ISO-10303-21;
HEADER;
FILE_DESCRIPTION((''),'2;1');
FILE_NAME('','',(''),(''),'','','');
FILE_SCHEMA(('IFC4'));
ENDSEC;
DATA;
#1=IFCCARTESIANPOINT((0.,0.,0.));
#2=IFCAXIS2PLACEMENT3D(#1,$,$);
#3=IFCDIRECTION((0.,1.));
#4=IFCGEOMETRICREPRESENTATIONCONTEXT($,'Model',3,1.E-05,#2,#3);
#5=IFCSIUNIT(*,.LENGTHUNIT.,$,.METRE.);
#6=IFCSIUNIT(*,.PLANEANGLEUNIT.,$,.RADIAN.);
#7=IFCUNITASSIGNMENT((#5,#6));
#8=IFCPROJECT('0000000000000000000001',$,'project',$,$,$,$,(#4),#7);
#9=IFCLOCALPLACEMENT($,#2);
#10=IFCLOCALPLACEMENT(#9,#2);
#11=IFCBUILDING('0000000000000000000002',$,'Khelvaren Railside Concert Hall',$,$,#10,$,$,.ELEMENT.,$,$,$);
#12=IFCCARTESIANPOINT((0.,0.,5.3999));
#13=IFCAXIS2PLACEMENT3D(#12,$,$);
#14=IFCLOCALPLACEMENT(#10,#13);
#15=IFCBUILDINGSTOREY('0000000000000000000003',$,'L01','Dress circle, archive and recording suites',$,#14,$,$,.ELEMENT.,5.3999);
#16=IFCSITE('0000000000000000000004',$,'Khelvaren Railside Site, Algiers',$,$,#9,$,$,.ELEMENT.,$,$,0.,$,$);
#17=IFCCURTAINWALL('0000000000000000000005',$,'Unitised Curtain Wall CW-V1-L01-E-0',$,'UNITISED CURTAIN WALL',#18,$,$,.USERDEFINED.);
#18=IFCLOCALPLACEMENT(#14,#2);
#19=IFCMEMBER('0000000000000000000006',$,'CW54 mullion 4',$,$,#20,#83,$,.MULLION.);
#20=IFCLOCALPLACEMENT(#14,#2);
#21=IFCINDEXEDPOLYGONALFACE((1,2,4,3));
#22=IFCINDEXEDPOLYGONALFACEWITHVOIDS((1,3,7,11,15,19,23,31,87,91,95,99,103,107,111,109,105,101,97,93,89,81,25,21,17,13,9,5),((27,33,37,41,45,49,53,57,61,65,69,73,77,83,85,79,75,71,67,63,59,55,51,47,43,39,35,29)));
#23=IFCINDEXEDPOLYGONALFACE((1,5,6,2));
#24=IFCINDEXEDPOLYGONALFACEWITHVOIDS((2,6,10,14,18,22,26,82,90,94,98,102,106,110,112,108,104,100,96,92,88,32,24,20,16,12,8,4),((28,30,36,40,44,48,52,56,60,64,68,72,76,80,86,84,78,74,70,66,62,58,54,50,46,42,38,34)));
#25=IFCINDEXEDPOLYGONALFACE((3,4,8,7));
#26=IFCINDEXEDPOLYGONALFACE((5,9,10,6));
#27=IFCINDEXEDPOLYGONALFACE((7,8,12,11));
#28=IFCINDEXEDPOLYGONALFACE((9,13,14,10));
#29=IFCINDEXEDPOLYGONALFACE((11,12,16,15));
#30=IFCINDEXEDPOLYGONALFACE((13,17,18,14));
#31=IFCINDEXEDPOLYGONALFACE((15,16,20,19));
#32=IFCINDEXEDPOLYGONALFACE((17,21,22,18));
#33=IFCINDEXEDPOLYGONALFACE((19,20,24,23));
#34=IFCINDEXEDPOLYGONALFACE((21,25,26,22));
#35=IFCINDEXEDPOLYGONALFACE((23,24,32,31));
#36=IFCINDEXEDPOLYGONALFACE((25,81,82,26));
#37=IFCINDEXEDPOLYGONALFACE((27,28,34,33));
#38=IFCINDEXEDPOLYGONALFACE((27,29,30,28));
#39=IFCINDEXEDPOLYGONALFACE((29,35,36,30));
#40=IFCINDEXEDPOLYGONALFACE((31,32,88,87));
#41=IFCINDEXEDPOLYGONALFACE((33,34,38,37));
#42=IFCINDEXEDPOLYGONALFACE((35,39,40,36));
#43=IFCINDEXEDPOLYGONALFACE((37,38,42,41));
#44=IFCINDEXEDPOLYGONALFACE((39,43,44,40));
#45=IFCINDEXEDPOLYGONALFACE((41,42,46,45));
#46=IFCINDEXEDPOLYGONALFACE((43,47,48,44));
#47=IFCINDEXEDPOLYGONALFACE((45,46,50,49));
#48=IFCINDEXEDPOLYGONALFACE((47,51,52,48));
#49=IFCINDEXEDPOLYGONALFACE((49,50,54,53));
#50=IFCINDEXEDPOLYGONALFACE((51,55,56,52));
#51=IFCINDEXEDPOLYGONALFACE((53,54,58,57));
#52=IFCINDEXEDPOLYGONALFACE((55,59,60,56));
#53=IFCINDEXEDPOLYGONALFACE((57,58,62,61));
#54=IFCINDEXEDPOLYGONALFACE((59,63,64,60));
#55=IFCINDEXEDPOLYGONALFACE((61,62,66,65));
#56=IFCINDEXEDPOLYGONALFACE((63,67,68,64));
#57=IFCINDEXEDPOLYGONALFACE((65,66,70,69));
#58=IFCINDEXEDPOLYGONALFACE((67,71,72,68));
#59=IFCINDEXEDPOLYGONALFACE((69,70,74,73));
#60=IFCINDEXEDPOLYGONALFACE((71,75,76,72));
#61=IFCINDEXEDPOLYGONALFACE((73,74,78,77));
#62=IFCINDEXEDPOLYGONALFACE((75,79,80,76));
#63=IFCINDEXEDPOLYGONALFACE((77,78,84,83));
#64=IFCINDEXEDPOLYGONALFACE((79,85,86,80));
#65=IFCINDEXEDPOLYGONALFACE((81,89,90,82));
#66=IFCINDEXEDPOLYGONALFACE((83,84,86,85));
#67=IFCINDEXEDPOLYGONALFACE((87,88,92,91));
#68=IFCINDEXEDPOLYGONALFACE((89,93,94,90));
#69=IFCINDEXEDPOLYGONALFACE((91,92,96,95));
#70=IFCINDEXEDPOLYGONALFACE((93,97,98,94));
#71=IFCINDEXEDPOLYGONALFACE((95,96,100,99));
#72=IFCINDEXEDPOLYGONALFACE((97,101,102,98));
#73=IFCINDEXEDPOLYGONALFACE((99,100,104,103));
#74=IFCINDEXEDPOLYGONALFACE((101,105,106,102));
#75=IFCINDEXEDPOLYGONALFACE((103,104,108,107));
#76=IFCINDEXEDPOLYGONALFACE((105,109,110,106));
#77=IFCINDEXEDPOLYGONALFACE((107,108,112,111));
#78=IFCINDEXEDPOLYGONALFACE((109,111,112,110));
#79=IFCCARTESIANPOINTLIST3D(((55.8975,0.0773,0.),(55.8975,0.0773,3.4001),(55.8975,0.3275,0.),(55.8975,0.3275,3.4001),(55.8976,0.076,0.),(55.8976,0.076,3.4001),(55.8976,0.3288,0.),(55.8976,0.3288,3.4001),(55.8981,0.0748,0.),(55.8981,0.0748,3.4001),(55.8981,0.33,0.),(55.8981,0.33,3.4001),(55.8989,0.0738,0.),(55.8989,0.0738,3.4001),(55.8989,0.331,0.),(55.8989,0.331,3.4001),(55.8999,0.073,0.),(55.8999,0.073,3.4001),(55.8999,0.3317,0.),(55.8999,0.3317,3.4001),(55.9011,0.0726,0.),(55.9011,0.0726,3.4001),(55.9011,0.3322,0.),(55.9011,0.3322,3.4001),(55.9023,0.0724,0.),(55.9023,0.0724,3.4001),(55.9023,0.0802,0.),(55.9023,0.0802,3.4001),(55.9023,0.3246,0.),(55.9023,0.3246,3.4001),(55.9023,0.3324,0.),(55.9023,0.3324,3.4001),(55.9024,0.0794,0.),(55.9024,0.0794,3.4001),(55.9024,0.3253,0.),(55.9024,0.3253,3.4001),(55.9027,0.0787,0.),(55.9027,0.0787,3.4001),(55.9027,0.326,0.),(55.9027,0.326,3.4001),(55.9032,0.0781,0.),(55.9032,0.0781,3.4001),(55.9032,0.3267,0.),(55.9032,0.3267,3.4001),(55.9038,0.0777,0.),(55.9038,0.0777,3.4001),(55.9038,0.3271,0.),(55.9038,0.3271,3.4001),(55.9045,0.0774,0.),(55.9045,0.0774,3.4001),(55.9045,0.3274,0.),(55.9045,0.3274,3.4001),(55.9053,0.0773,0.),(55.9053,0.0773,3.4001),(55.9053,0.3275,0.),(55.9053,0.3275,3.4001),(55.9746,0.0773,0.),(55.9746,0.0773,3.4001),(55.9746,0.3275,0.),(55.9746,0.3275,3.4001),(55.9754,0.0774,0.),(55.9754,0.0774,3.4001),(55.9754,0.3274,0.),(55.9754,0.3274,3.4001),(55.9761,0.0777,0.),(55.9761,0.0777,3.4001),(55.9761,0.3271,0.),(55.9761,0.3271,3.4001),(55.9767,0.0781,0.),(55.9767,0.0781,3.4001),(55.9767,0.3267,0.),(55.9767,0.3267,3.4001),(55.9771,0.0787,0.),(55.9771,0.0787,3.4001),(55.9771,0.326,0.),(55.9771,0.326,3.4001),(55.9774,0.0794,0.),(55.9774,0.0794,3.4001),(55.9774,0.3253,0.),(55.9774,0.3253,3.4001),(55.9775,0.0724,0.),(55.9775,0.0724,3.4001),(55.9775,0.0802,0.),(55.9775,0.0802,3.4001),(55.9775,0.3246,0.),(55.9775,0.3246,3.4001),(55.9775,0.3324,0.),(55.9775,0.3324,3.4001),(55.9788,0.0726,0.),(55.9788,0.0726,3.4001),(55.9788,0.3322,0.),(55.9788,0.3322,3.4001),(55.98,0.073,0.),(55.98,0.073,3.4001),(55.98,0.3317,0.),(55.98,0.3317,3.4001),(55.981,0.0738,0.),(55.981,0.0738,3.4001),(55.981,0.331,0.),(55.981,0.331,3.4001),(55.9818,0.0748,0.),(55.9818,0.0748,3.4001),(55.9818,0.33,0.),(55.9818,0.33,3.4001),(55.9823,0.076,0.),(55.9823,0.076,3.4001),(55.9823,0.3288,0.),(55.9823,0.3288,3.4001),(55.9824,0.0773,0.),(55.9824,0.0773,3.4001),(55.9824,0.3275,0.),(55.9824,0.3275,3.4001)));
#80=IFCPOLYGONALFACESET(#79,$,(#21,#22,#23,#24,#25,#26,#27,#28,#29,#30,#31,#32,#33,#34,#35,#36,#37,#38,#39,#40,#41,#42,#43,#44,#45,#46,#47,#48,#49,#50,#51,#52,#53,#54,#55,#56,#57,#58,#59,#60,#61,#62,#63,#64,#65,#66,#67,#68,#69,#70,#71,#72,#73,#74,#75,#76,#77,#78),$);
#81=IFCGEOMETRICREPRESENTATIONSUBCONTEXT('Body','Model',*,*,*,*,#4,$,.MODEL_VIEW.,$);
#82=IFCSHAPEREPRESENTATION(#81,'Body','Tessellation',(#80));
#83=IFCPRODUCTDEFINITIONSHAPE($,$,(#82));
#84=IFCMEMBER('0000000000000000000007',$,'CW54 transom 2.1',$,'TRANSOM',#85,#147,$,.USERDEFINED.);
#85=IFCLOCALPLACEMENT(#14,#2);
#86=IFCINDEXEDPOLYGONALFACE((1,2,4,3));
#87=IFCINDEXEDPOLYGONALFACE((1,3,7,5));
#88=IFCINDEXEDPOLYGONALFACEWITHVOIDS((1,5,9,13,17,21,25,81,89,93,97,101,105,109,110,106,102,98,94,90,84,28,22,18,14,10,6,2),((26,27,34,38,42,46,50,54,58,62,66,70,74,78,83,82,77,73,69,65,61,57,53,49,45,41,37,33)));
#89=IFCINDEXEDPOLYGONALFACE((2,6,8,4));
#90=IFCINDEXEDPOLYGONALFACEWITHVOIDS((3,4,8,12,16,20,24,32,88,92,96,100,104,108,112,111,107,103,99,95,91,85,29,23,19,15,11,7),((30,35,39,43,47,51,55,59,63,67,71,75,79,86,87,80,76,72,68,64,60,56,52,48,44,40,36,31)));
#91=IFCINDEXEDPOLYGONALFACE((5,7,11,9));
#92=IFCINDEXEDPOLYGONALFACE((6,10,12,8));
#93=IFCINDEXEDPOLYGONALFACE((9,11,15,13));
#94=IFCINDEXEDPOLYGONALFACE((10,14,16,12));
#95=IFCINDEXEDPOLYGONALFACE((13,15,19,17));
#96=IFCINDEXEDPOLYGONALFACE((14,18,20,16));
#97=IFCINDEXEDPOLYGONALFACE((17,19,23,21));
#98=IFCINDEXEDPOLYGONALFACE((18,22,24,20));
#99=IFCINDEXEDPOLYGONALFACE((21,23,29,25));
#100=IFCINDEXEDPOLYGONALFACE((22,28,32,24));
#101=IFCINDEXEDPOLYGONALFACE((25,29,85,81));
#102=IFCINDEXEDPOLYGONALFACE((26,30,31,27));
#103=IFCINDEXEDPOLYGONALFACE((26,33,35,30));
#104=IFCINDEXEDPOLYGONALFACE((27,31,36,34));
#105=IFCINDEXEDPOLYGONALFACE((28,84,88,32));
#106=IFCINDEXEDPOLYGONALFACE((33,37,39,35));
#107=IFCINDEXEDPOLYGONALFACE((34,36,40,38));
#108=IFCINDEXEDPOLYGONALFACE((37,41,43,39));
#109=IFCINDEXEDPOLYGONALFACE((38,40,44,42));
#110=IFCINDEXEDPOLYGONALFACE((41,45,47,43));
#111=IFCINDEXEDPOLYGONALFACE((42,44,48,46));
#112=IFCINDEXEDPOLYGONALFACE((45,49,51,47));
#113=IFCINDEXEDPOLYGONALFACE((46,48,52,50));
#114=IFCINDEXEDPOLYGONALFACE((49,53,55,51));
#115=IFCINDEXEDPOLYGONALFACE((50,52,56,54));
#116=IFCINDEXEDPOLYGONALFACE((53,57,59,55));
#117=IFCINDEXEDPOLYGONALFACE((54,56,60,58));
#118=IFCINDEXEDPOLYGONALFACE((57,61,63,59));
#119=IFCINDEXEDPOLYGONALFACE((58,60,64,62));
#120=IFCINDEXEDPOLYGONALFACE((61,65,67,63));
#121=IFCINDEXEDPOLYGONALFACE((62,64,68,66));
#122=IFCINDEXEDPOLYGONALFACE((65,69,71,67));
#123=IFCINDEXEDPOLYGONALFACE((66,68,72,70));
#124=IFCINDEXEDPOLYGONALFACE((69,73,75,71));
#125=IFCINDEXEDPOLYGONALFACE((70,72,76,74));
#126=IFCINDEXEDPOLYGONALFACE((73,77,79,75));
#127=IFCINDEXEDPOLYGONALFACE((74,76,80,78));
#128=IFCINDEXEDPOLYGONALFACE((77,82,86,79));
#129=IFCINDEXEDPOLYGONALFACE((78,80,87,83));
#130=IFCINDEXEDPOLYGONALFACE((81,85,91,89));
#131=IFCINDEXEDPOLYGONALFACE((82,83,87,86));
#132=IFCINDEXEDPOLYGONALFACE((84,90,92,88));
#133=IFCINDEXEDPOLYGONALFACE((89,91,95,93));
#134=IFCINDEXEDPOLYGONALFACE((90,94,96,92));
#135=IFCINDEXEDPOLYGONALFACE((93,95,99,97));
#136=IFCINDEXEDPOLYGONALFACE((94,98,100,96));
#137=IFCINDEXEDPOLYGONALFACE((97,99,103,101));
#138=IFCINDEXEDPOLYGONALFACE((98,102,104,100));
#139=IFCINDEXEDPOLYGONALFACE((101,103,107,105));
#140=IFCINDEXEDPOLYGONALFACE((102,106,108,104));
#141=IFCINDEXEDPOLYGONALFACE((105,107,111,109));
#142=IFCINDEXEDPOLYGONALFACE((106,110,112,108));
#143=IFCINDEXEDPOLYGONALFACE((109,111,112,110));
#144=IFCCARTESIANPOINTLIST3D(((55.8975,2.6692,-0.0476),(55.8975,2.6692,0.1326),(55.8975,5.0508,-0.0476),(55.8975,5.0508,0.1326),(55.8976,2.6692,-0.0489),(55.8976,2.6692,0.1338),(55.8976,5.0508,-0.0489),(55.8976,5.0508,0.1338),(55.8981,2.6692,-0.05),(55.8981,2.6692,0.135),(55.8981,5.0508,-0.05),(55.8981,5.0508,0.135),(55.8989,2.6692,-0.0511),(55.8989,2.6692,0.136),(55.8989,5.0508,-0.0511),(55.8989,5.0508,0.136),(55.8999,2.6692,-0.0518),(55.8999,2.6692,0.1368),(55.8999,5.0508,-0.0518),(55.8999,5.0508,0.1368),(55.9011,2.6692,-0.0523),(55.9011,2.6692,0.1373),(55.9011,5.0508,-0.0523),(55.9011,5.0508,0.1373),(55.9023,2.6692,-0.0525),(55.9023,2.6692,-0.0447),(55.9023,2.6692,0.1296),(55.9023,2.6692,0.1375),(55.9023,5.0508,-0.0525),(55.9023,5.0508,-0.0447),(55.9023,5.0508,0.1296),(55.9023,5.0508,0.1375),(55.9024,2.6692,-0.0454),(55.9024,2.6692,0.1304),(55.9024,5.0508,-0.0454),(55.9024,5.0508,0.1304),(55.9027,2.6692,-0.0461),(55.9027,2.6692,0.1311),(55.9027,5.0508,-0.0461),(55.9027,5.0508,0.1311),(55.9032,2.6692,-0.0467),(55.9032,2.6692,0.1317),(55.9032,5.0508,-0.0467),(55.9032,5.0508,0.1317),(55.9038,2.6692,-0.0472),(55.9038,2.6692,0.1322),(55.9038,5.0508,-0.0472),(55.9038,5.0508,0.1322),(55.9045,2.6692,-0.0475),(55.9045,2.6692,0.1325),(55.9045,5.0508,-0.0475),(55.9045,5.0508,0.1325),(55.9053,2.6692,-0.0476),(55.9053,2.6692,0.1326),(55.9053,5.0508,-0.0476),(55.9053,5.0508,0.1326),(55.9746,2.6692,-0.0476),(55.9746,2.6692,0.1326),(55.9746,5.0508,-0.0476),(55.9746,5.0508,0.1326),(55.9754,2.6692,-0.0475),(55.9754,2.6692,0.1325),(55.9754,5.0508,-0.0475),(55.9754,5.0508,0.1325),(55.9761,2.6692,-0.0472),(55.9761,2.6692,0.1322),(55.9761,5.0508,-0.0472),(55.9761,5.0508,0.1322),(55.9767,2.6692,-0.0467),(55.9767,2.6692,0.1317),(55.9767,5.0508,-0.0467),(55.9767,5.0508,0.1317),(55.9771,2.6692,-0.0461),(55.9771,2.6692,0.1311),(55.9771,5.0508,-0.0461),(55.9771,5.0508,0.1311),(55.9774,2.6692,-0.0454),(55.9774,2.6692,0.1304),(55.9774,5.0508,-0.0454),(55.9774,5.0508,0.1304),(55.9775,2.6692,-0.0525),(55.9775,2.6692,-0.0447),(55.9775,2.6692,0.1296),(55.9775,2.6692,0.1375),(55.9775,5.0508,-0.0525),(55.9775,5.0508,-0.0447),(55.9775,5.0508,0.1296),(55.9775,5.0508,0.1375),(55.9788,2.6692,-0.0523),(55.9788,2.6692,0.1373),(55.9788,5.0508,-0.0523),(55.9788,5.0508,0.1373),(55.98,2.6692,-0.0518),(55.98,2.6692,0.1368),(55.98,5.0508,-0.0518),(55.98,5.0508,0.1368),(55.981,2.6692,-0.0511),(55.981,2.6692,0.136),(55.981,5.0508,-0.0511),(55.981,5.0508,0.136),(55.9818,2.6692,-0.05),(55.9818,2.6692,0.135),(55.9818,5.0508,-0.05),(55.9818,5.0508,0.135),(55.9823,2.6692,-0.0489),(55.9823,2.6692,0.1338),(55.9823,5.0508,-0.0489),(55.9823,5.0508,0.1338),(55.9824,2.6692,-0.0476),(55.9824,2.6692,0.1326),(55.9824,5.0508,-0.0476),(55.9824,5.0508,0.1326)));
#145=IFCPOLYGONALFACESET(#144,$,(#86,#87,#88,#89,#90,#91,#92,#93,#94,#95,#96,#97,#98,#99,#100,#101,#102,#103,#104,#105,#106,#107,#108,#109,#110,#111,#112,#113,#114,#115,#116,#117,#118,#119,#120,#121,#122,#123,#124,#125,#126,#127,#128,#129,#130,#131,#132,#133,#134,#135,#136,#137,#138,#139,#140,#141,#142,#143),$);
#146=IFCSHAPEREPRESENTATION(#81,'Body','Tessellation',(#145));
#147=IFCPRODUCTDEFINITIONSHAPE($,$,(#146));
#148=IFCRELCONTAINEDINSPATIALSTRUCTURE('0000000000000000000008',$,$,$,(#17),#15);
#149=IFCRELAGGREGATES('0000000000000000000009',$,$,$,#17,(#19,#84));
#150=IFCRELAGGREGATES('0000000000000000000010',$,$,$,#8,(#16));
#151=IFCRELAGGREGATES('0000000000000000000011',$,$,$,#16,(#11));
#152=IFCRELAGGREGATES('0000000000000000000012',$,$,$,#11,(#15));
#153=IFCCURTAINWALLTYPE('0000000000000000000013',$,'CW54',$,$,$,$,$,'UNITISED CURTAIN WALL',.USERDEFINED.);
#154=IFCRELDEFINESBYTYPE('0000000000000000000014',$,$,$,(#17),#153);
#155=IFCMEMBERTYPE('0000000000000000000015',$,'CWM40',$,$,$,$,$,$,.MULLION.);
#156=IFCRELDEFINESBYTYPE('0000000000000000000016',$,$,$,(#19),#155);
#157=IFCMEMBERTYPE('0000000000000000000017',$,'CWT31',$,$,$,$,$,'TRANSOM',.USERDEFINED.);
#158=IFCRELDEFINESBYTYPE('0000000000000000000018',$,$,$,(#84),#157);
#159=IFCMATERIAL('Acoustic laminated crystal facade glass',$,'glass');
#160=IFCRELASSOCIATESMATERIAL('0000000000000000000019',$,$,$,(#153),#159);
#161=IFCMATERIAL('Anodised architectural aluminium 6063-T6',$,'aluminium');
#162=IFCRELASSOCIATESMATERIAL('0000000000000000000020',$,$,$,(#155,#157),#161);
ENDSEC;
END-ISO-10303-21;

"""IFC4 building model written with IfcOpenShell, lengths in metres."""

from ifc_helpers import new_model, si_unit, direction, frame, origin, origin_2d, place, context, subcontext, project, spatial, hollow_rectangle, extrude, material, material_profile, profile_set, type_object, element, aggregate, save


model = new_model("IFC4")

# Units and contexts
model_context = context("Model", 3, precision=1e-05, world=origin(), true_north=direction((0.0, 1.0)))
body_context = subcontext(model_context, "Body", "Model", "MODEL_VIEW")
ifc_project = project(units=[si_unit("LENGTHUNIT", "METRE"), si_unit("PLANEANGLEUNIT", "RADIAN")], contexts=[model_context])

# Site, building, storey
site_placement = place(None, origin())
site = spatial("IfcSite", under=ifc_project, at=site_placement, Name="Khelvaren Railside Site, Algiers", CompositionType="ELEMENT", RefElevation=0.0)
building_placement = place(site_placement, origin())
building = spatial("IfcBuilding", under=site, at=building_placement, Name="Khelvaren Railside Concert Hall", CompositionType="ELEMENT")
storey_placement = place(building_placement, frame((0.0, 0.0, 5.3999)))
storey = spatial("IfcBuildingStorey", under=building, at=storey_placement, Name="L01", Description="Dress circle, archive and recording suites", CompositionType="ELEMENT", Elevation=5.3999)

# Curtain wall, members
ifc_material_1 = material(Name="Acoustic laminated crystal facade glass", Category="glass")
curtain_wall_type = type_object("IfcCurtainWallType", Name="CW54", ElementType="UNITISED CURTAIN WALL", PredefinedType="USERDEFINED", material=ifc_material_1)
curtain_wall_placement = place(storey_placement, origin())
curtain_wall = element("IfcCurtainWall", 1, at=curtain_wall_placement, inside=storey, type_object=curtain_wall_type, Name="Unitised Curtain Wall CW-V1-L01-E-0", ObjectType="UNITISED CURTAIN WALL", PredefinedType="USERDEFINED")
ifc_material_2 = material(Name="Anodised architectural aluminium 6063-T6", Category="aluminium")
ifc_material_profile_1 = material_profile(ifc_material_2, hollow_rectangle(XDim=0.085, YDim=0.26, WallThickness=0.0049, InnerFilletRadius=0.0029, OuterFilletRadius=0.0049, at=origin_2d()), Name="CWM 85x260x5")
ifc_profile_set_1 = profile_set([ifc_material_profile_1], Name="Anodised architectural aluminium 6063-T6")
member_type_1 = type_object("IfcMemberType", Name="CWM40", PredefinedType="MULLION", material=ifc_profile_set_1)
member_1_placement = place(storey_placement, frame((55.9399, 0.2024, 0.0), z_axis=(0.0, 0.0, 1.0), x_axis=(1.0, 0.0, 0.0)))
member_1 = element("IfcMember", 2, at=member_1_placement, type_object=member_type_1, Name="CW54 mullion 4", PredefinedType="MULLION", context=body_context, shape_type="SweptSolid", body=[
    extrude(hollow_rectangle(XDim=0.085, YDim=0.26, WallThickness=0.0049, InnerFilletRadius=0.0029, OuterFilletRadius=0.0049, at=origin_2d()), origin(), (0.0, 0.0, 1.0), 3.4001),
])
ifc_material_profile_2 = material_profile(ifc_material_2, hollow_rectangle(XDim=0.085, YDim=0.1899, WallThickness=0.0049, InnerFilletRadius=0.0029, OuterFilletRadius=0.0049, at=origin_2d()), Name="CWT 85x190x5")
ifc_profile_set_2 = profile_set([ifc_material_profile_2], Name="Anodised architectural aluminium 6063-T6")
member_type_2 = type_object("IfcMemberType", Name="CWT31", ElementType="TRANSOM", PredefinedType="USERDEFINED", material=ifc_profile_set_2)
member_2_placement = place(storey_placement, frame((55.9399, 5.0508, 0.0425), z_axis=(0.0, -1.0, 0.0), x_axis=(1.0, 0.0, 0.0)))
member_2 = element("IfcMember", 3, at=member_2_placement, type_object=member_type_2, Name="CW54 transom 2.1", ObjectType="TRANSOM", PredefinedType="USERDEFINED", context=body_context, shape_type="SweptSolid", body=[
    extrude(hollow_rectangle(XDim=0.085, YDim=0.1899, WallThickness=0.0049, InnerFilletRadius=0.0029, OuterFilletRadius=0.0049, at=origin_2d()), origin(), (0.0, 0.0, 1.0), 2.3816),
])

aggregate(curtain_wall, [member_1, member_2])

save(model, "model.ifc")
